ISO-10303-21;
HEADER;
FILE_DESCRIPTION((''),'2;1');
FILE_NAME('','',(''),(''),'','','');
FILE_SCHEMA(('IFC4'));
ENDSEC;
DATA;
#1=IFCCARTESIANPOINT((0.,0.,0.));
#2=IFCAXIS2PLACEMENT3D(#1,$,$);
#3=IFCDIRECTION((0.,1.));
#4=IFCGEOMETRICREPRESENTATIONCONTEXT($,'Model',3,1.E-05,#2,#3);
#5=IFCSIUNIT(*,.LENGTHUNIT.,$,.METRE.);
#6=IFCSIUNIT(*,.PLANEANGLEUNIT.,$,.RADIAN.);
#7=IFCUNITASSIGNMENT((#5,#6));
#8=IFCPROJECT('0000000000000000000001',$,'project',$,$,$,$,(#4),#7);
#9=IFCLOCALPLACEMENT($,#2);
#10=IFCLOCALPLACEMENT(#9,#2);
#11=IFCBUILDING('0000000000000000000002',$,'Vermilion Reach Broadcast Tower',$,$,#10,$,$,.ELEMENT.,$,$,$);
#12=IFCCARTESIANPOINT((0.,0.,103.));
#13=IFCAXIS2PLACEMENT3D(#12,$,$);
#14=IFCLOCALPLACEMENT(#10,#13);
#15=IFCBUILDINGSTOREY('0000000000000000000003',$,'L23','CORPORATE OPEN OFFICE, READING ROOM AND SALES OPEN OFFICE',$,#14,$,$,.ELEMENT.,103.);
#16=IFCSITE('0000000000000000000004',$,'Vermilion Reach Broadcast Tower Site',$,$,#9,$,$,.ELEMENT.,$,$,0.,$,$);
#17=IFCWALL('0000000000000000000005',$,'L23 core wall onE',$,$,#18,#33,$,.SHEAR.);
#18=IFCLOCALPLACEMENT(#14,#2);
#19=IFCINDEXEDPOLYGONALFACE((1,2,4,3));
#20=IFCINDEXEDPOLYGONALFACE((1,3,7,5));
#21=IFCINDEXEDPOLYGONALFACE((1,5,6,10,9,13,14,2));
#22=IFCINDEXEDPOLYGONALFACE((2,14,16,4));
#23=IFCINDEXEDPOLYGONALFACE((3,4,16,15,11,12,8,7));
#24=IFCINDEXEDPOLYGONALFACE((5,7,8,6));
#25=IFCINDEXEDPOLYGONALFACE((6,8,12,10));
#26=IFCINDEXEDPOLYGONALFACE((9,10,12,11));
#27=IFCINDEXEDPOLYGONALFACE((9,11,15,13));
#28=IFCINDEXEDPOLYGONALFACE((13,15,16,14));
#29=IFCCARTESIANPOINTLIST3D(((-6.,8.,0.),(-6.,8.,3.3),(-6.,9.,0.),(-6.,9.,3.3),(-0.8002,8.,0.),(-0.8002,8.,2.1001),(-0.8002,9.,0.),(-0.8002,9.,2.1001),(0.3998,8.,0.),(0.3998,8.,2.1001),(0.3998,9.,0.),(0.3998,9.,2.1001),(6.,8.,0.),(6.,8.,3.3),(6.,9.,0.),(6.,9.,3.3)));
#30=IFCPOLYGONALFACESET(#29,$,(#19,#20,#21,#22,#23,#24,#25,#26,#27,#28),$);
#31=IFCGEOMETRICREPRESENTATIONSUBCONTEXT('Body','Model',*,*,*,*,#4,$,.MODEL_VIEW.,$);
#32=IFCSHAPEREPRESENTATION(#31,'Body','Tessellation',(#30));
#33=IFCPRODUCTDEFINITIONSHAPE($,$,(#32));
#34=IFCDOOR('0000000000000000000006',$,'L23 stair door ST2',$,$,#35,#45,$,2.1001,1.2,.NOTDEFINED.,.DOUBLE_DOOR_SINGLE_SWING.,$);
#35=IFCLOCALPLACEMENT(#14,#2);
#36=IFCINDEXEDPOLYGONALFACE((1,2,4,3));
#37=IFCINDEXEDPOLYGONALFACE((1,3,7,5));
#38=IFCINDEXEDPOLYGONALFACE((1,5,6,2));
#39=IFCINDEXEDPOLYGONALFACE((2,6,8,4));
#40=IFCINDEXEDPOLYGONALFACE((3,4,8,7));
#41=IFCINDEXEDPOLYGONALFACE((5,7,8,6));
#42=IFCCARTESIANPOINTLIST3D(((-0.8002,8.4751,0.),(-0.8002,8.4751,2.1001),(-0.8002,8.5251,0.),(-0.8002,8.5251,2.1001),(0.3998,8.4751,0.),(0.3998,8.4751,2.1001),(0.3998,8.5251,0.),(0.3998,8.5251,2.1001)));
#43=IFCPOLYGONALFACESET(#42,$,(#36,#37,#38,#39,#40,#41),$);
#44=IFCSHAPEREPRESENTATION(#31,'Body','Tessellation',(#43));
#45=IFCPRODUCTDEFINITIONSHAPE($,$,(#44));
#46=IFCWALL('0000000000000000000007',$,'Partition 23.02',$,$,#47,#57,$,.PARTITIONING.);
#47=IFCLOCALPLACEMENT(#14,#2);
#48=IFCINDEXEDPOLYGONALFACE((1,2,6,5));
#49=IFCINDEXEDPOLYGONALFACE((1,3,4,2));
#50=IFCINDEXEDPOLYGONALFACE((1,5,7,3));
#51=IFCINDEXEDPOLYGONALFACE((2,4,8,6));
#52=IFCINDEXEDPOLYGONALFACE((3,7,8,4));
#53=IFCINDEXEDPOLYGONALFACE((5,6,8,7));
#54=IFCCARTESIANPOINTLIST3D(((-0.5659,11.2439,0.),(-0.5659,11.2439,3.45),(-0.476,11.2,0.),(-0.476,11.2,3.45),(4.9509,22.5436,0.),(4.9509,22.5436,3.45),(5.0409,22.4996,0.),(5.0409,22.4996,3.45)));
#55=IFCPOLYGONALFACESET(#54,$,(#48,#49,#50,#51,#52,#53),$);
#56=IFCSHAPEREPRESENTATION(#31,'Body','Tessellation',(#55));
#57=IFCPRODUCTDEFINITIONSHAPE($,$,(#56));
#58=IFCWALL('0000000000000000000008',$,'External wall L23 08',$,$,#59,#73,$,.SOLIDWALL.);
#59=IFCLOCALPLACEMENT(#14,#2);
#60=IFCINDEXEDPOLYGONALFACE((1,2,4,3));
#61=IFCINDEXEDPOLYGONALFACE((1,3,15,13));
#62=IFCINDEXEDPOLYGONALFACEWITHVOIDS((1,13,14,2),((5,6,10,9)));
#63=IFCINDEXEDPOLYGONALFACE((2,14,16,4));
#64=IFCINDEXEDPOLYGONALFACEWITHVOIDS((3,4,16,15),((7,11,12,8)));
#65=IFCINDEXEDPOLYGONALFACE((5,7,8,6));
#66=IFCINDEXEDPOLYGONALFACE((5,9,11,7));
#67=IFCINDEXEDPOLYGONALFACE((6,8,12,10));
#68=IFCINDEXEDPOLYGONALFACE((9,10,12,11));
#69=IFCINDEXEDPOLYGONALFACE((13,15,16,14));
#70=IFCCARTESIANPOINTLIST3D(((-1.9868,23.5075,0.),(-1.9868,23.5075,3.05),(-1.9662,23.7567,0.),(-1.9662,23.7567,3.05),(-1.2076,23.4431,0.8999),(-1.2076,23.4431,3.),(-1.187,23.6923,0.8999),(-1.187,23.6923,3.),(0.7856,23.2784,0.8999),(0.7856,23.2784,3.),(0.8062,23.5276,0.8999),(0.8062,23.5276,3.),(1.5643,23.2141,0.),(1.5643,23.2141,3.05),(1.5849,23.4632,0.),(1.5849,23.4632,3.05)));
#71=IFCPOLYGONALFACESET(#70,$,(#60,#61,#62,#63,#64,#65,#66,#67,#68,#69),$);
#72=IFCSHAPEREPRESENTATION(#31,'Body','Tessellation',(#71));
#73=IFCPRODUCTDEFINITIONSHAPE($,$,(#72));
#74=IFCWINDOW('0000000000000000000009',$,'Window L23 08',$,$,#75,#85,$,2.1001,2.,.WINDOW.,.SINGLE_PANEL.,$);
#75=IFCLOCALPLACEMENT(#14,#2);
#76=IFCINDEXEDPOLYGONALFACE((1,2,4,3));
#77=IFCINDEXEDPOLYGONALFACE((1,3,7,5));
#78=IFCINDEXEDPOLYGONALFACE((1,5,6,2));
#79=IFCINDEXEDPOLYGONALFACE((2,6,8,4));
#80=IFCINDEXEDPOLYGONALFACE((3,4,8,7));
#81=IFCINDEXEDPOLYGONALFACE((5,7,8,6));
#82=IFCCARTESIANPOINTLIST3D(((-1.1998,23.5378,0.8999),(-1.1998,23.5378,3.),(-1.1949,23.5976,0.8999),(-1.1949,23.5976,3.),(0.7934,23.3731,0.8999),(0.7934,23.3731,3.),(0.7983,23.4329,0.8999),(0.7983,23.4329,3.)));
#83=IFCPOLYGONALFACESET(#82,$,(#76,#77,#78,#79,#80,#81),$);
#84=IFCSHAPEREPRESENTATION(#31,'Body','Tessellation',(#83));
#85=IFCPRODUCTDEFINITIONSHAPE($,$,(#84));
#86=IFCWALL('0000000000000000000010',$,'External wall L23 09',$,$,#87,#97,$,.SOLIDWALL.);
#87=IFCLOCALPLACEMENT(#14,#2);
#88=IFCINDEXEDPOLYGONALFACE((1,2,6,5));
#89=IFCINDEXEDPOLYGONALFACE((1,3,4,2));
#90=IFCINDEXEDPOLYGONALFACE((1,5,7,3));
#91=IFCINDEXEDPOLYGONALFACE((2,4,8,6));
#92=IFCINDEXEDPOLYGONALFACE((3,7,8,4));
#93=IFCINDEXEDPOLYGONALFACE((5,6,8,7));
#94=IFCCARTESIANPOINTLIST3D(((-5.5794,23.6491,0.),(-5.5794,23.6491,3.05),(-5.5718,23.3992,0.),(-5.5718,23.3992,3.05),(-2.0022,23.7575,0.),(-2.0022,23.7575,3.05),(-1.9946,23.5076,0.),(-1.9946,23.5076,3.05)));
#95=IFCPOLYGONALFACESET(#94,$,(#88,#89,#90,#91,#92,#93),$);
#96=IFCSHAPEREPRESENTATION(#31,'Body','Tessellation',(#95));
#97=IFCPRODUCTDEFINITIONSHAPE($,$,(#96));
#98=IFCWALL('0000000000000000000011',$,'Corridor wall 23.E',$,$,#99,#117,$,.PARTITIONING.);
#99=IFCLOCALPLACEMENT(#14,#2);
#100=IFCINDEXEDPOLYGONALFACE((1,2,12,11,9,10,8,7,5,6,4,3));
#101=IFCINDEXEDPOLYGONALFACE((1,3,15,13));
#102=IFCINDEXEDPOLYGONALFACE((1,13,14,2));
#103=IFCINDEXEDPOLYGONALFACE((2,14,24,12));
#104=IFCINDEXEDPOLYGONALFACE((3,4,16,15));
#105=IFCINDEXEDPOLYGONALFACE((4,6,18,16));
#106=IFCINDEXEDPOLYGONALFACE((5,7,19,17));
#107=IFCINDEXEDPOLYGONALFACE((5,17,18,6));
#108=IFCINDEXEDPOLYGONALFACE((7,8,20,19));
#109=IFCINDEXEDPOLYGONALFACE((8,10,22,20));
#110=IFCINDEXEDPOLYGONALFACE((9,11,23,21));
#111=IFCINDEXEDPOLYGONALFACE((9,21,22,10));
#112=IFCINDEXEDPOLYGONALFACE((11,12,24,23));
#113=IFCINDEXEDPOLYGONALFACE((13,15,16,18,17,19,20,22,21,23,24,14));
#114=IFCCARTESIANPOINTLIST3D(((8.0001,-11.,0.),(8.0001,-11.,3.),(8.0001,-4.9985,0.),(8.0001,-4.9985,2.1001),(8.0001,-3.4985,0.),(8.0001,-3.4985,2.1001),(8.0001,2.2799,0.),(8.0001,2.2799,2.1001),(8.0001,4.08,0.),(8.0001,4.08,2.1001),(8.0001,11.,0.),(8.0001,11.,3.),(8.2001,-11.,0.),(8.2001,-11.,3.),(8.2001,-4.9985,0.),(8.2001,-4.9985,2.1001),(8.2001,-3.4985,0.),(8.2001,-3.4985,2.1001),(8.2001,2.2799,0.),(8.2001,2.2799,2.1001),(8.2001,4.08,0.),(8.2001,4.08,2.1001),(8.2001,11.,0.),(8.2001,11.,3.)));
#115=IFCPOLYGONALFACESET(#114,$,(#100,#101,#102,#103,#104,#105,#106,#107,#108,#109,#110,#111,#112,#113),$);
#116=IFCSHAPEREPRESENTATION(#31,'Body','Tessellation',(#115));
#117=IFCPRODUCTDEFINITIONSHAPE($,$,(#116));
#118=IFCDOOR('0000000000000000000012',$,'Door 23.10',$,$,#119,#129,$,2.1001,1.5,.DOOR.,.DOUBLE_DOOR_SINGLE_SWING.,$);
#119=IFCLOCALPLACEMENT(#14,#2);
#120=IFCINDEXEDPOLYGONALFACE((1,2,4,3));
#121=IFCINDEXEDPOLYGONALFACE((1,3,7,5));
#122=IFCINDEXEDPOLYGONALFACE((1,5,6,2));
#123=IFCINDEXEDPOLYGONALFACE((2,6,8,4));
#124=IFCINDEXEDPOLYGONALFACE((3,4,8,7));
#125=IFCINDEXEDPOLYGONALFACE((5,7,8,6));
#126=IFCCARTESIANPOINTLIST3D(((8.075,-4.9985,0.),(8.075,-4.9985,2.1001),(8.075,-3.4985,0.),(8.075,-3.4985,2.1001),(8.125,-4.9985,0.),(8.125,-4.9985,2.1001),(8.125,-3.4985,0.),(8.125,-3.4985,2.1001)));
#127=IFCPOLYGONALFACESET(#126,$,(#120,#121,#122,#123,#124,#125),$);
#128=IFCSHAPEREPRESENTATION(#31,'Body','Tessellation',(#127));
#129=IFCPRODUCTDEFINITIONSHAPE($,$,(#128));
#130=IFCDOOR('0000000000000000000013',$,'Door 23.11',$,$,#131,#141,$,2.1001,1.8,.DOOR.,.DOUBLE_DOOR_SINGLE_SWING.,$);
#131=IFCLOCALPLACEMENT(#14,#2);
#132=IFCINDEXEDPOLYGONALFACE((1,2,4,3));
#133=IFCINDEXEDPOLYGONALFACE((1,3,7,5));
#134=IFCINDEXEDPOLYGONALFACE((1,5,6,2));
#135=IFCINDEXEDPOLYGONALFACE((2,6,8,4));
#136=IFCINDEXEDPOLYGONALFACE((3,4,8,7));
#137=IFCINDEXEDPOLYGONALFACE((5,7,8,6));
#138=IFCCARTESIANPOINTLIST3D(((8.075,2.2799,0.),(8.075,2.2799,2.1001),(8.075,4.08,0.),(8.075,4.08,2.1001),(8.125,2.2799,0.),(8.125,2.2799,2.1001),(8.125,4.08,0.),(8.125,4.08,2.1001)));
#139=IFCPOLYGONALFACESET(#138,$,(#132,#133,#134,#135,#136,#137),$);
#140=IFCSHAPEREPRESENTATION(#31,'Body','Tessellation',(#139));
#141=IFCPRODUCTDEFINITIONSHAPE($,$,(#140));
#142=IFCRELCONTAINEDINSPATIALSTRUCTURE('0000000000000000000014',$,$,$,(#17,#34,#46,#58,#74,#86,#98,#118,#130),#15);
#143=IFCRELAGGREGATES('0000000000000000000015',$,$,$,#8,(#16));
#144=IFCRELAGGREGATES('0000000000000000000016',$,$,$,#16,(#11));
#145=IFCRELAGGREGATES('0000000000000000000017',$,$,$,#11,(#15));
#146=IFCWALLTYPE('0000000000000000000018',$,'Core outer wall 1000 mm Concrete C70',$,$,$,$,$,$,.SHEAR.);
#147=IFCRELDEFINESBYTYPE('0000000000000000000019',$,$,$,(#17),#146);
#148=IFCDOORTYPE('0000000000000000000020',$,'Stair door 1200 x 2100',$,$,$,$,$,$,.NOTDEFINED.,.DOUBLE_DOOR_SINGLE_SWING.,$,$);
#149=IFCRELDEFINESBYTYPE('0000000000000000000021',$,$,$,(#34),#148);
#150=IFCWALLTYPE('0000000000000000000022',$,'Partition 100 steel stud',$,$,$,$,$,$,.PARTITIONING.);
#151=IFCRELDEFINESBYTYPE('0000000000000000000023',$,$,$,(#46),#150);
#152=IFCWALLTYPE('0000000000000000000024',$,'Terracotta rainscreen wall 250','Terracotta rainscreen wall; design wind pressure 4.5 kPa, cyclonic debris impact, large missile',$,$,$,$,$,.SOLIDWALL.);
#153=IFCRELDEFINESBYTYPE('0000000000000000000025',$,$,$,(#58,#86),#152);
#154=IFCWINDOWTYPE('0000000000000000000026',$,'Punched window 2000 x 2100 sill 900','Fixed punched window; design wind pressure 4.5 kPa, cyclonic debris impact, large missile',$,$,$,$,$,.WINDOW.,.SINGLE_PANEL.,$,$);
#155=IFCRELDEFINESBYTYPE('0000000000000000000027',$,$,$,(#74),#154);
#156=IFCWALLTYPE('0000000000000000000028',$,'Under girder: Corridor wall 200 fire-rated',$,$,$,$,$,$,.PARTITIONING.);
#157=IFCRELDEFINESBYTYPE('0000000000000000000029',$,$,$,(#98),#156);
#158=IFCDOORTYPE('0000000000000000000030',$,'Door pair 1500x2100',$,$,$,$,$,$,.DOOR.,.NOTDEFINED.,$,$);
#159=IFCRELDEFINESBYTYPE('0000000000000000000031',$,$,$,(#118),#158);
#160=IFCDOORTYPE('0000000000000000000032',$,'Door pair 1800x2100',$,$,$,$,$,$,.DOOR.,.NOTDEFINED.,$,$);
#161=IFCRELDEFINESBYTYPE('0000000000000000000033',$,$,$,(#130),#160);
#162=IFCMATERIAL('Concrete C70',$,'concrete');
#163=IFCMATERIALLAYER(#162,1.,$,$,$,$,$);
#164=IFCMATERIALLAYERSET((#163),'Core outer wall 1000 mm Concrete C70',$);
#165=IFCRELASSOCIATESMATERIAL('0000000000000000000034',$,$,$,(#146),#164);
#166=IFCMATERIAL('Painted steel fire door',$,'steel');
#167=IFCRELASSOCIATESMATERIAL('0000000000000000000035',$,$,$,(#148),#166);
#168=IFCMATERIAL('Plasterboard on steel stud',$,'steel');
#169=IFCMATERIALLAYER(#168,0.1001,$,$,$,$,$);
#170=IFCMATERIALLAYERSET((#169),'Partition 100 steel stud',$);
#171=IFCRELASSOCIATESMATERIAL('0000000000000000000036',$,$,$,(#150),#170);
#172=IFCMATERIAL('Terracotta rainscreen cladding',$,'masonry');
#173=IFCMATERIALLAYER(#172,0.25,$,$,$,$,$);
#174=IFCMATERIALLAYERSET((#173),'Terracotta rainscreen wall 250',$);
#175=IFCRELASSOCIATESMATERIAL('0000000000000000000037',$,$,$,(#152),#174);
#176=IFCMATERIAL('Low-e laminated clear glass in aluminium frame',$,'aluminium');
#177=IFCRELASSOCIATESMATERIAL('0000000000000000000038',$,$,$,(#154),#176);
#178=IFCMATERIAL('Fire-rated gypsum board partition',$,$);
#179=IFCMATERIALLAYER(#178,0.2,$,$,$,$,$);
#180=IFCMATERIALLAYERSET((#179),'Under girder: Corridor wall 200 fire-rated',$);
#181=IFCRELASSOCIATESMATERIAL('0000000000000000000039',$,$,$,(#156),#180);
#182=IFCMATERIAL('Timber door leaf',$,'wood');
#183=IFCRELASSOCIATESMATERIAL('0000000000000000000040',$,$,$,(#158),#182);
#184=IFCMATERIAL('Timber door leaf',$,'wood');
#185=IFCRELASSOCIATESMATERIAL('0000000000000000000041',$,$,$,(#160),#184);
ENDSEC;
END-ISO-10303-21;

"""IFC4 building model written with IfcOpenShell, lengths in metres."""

from ifc_helpers import new_model, si_unit, direction, frame, frame_2d, origin, place, context, subcontext, project, spatial, rectangle, extrude, material, layer, layer_set, type_object, element, fill, save


model = new_model("IFC4")

# Units and contexts
model_context = context("Model", 3, precision=1e-05, world=origin(), true_north=direction((0.0, 1.0)))
body_context = subcontext(model_context, "Body", "Model", "MODEL_VIEW")
ifc_project = project(units=[si_unit("LENGTHUNIT", "METRE"), si_unit("PLANEANGLEUNIT", "RADIAN")], contexts=[model_context])

# Site, building, storey
site_placement = place(None, origin())
site = spatial("IfcSite", under=ifc_project, at=site_placement, Name="Vermilion Reach Broadcast Tower Site", CompositionType="ELEMENT", RefElevation=0.0)
building_placement = place(site_placement, origin())
building = spatial("IfcBuilding", under=site, at=building_placement, Name="Vermilion Reach Broadcast Tower", CompositionType="ELEMENT")
storey_placement = place(building_placement, frame((0.0, 0.0, 103.0)))
storey = spatial("IfcBuildingStorey", under=building, at=storey_placement, Name="L23", Description="CORPORATE OPEN OFFICE, READING ROOM AND SALES OPEN OFFICE", CompositionType="ELEMENT", Elevation=103.0)

# Wall, opening, door
ifc_material_1 = material(Name="Concrete C70", Category="concrete")
ifc_layer_1 = layer(ifc_material_1, 1.0)
ifc_layer_set_1 = layer_set([ifc_layer_1], Name="Core outer wall 1000 mm Concrete C70")
wall_type_1 = type_object("IfcWallType", Name="Core outer wall 1000 mm Concrete C70", PredefinedType="SHEAR", material=ifc_layer_set_1)
wall_1_placement = place(storey_placement, frame((6.0, 8.5, 0.0), z_axis=(0.0, 0.0, 1.0), x_axis=(-1.0, 0.0, 0.0)))
wall_1 = element("IfcWall", 1, at=wall_1_placement, inside=storey, type_object=wall_type_1, Name="L23 core wall onE", PredefinedType="SHEAR", context=body_context, shape_type="SweptSolid", body=[
    extrude(rectangle(XDim=12.0, YDim=1.0, at=frame_2d((6.0, 0.0))), origin(), (0.0, 0.0, 1.0), 3.3),
])
opening_1_placement = place(wall_1_placement, frame((5.6001, 0.0, 0.0)))
opening_1 = element("IfcOpeningElement", 2, at=opening_1_placement, cuts=wall_1, PredefinedType="OPENING", context=body_context, shape_type="SweptSolid", body=[
    extrude(rectangle(XDim=1.2, YDim=2.1001, at=frame_2d((0.6001, 1.05))), frame((0.0, 0.51, 0.0), z_axis=(0.0, -1.0, 0.0), x_axis=(1.0, 0.0, 0.0)), (0.0, 0.0, 1.0), 1.02),
])
ifc_material_2 = material(Name="Painted steel fire door", Category="steel")
door_type_1 = type_object("IfcDoorType", Name="Stair door 1200 x 2100", OperationType="DOUBLE_DOOR_SINGLE_SWING", PredefinedType="NOTDEFINED", material=ifc_material_2)
door_1_placement = place(opening_1_placement, origin())
door_1 = element("IfcDoor", 3, at=door_1_placement, inside=storey, type_object=door_type_1, Name="L23 stair door ST2", OperationType="DOUBLE_DOOR_SINGLE_SWING", OverallHeight=2.1001, OverallWidth=1.2, PredefinedType="NOTDEFINED", context=body_context, shape_type="SweptSolid", body=[
    extrude(rectangle(XDim=1.2, YDim=2.1001, at=frame_2d((0.6001, 1.05))), frame((0.0, 0.0249, 0.0), z_axis=(0.0, -1.0, 0.0), x_axis=(1.0, 0.0, 0.0)), (0.0, 0.0, 1.0), 0.05),
])
fill(opening_1, door_1)

# Wall
ifc_material_3 = material(Name="Plasterboard on steel stud", Category="steel")
ifc_layer_2 = layer(ifc_material_3, 0.1001)
ifc_layer_set_2 = layer_set([ifc_layer_2], Name="Partition 100 steel stud")
wall_type_2 = type_object("IfcWallType", Name="Partition 100 steel stud", PredefinedType="PARTITIONING", material=ifc_layer_set_2)
wall_2_placement = place(storey_placement, frame((4.9958, 22.5215, 0.0), z_axis=(0.0, 0.0, 1.0), x_axis=(-0.438736, -0.898616, 0.0)))
element("IfcWall", 4, at=wall_2_placement, inside=storey, type_object=wall_type_2, Name="Partition 23.02", PredefinedType="PARTITIONING", context=body_context, shape_type="SweptSolid", body=[
    extrude(rectangle(XDim=12.5745, YDim=0.1001, at=frame_2d((6.2871, 0.0))), origin(), (0.0, 0.0, 1.0), 3.45),
])

# Shared definitions
ifc_material_4 = material(Name="Terracotta rainscreen cladding", Category="masonry")
ifc_layer_3 = layer(ifc_material_4, 0.25)
ifc_layer_set_3 = layer_set([ifc_layer_3], Name="Terracotta rainscreen wall 250")
wall_type_3 = type_object("IfcWallType", Name="Terracotta rainscreen wall 250", Description="Terracotta rainscreen wall; design wind pressure 4.5 kPa, cyclonic debris impact, large missile", PredefinedType="SOLIDWALL", material=ifc_layer_set_3)

# Wall, opening, window
wall_3_placement = place(storey_placement, frame((1.5747, 23.3386, 0.0), z_axis=(0.0, 0.0, 1.0), x_axis=(-0.996603, 0.082359, 0.0)))
wall_3 = element("IfcWall", 5, at=wall_3_placement, inside=storey, type_object=wall_type_3, Name="External wall L23 08", PredefinedType="SOLIDWALL", context=body_context, shape_type="SweptSolid", body=[
    extrude(rectangle(XDim=3.5632, YDim=0.25, at=frame_2d((1.7817, 0.0))), origin(), (0.0, 0.0, 1.0), 3.05),
])
opening_2_placement = place(wall_3_placement, frame((0.7815, 0.0, 0.8999)))
opening_2 = element("IfcOpeningElement", 6, at=opening_2_placement, cuts=wall_3, PredefinedType="OPENING", context=body_context, shape_type="SweptSolid", body=[
    extrude(rectangle(XDim=2.0, YDim=2.1001, at=frame_2d((1.0, 1.05))), frame((0.0, 0.135, 0.0), z_axis=(0.0, -1.0, 0.0), x_axis=(1.0, 0.0, 0.0)), (0.0, 0.0, 1.0), 0.27),
])
ifc_material_5 = material(Name="Low-e laminated clear glass in aluminium frame", Category="aluminium")
window_type = type_object("IfcWindowType", Name="Punched window 2000 x 2100 sill 900", Description="Fixed punched window; design wind pressure 4.5 kPa, cyclonic debris impact, large missile", PartitioningType="SINGLE_PANEL", PredefinedType="WINDOW", material=ifc_material_5)
window_placement = place(opening_2_placement, origin())
window = element("IfcWindow", 7, at=window_placement, inside=storey, type_object=window_type, Name="Window L23 08", OverallHeight=2.1001, OverallWidth=2.0, PartitioningType="SINGLE_PANEL", PredefinedType="WINDOW", context=body_context, shape_type="SweptSolid", body=[
    extrude(rectangle(XDim=2.0, YDim=2.1001, at=frame_2d((1.0, 1.05))), frame((0.0, 0.03, 0.0), z_axis=(0.0, -1.0, 0.0), x_axis=(1.0, 0.0, 0.0)), (0.0, 0.0, 1.0), 0.0601),
])
fill(opening_2, window)

# Wall
wall_4_placement = place(storey_placement, frame((-1.9983, 23.6326, 0.0), z_axis=(0.0, 0.0, 1.0), x_axis=(-0.999541, -0.030289, 0.0)))
element("IfcWall", 8, at=wall_4_placement, inside=storey, type_object=wall_type_3, Name="External wall L23 09", PredefinedType="SOLIDWALL", context=body_context, shape_type="SweptSolid", body=[
    extrude(rectangle(XDim=3.5789, YDim=0.25, at=frame_2d((1.7896, 0.0))), origin(), (0.0, 0.0, 1.0), 3.05),
])

# Wall, openings, doors
ifc_material_6 = material(Name="Fire-rated gypsum board partition")
ifc_layer_4 = layer(ifc_material_6, 0.2)
ifc_layer_set_4 = layer_set([ifc_layer_4], Name="Under girder: Corridor wall 200 fire-rated")
wall_type_4 = type_object("IfcWallType", Name="Under girder: Corridor wall 200 fire-rated", PredefinedType="PARTITIONING", material=ifc_layer_set_4)
wall_5_placement = place(storey_placement, frame((8.1001, 11.0, 0.0), z_axis=(0.0, 0.0, 1.0), x_axis=(0.0, -1.0, 0.0)))
wall_5 = element("IfcWall", 9, at=wall_5_placement, inside=storey, type_object=wall_type_4, Name="Corridor wall 23.E", PredefinedType="PARTITIONING", context=body_context, shape_type="SweptSolid", body=[
    extrude(rectangle(XDim=22.0, YDim=0.2, at=frame_2d((11.0, 0.0))), origin(), (0.0, 0.0, 1.0), 3.0),
])
opening_3_placement = place(wall_5_placement, frame((14.4985, 0.0, 0.0)))
opening_3 = element("IfcOpeningElement", 10, at=opening_3_placement, cuts=wall_5, PredefinedType="OPENING", context=body_context, shape_type="SweptSolid", body=[
    extrude(rectangle(XDim=1.5, YDim=2.1001, at=frame_2d((0.75, 1.05))), frame((0.0, 0.1099, 0.0), z_axis=(0.0, -1.0, 0.0), x_axis=(1.0, 0.0, 0.0)), (0.0, 0.0, 1.0), 0.22),
])
opening_4_placement = place(wall_5_placement, frame((6.9202, 0.0, 0.0)))
opening_4 = element("IfcOpeningElement", 11, at=opening_4_placement, cuts=wall_5, PredefinedType="OPENING", context=body_context, shape_type="SweptSolid", body=[
    extrude(rectangle(XDim=1.8, YDim=2.1001, at=frame_2d((0.8999, 1.05))), frame((0.0, 0.1099, 0.0), z_axis=(0.0, -1.0, 0.0), x_axis=(1.0, 0.0, 0.0)), (0.0, 0.0, 1.0), 0.22),
])
ifc_material_7 = material(Name="Timber door leaf", Category="wood")
door_type_2 = type_object("IfcDoorType", Name="Door pair 1500x2100", OperationType="NOTDEFINED", PredefinedType="DOOR", material=ifc_material_7)
door_2_placement = place(opening_3_placement, origin())
door_2 = element("IfcDoor", 12, at=door_2_placement, inside=storey, type_object=door_type_2, Name="Door 23.10", OperationType="DOUBLE_DOOR_SINGLE_SWING", OverallHeight=2.1001, OverallWidth=1.5, PredefinedType="DOOR", context=body_context, shape_type="SweptSolid", body=[
    extrude(rectangle(XDim=1.5, YDim=2.1001, at=frame_2d((0.75, 1.05))), frame((0.0, 0.0249, 0.0), z_axis=(0.0, -1.0, 0.0), x_axis=(1.0, 0.0, 0.0)), (0.0, 0.0, 1.0), 0.05),
])
fill(opening_3, door_2)
ifc_material_8 = material(Name="Timber door leaf", Category="wood")
door_type_3 = type_object("IfcDoorType", Name="Door pair 1800x2100", OperationType="NOTDEFINED", PredefinedType="DOOR", material=ifc_material_8)
door_3_placement = place(opening_4_placement, origin())
door_3 = element("IfcDoor", 13, at=door_3_placement, inside=storey, type_object=door_type_3, Name="Door 23.11", OperationType="DOUBLE_DOOR_SINGLE_SWING", OverallHeight=2.1001, OverallWidth=1.8, PredefinedType="DOOR", context=body_context, shape_type="SweptSolid", body=[
    extrude(rectangle(XDim=1.8, YDim=2.1001, at=frame_2d((0.8999, 1.05))), frame((0.0, 0.0249, 0.0), z_axis=(0.0, -1.0, 0.0), x_axis=(1.0, 0.0, 0.0)), (0.0, 0.0, 1.0), 0.05),
])
fill(opening_4, door_3)

save(model, "model.ifc")
